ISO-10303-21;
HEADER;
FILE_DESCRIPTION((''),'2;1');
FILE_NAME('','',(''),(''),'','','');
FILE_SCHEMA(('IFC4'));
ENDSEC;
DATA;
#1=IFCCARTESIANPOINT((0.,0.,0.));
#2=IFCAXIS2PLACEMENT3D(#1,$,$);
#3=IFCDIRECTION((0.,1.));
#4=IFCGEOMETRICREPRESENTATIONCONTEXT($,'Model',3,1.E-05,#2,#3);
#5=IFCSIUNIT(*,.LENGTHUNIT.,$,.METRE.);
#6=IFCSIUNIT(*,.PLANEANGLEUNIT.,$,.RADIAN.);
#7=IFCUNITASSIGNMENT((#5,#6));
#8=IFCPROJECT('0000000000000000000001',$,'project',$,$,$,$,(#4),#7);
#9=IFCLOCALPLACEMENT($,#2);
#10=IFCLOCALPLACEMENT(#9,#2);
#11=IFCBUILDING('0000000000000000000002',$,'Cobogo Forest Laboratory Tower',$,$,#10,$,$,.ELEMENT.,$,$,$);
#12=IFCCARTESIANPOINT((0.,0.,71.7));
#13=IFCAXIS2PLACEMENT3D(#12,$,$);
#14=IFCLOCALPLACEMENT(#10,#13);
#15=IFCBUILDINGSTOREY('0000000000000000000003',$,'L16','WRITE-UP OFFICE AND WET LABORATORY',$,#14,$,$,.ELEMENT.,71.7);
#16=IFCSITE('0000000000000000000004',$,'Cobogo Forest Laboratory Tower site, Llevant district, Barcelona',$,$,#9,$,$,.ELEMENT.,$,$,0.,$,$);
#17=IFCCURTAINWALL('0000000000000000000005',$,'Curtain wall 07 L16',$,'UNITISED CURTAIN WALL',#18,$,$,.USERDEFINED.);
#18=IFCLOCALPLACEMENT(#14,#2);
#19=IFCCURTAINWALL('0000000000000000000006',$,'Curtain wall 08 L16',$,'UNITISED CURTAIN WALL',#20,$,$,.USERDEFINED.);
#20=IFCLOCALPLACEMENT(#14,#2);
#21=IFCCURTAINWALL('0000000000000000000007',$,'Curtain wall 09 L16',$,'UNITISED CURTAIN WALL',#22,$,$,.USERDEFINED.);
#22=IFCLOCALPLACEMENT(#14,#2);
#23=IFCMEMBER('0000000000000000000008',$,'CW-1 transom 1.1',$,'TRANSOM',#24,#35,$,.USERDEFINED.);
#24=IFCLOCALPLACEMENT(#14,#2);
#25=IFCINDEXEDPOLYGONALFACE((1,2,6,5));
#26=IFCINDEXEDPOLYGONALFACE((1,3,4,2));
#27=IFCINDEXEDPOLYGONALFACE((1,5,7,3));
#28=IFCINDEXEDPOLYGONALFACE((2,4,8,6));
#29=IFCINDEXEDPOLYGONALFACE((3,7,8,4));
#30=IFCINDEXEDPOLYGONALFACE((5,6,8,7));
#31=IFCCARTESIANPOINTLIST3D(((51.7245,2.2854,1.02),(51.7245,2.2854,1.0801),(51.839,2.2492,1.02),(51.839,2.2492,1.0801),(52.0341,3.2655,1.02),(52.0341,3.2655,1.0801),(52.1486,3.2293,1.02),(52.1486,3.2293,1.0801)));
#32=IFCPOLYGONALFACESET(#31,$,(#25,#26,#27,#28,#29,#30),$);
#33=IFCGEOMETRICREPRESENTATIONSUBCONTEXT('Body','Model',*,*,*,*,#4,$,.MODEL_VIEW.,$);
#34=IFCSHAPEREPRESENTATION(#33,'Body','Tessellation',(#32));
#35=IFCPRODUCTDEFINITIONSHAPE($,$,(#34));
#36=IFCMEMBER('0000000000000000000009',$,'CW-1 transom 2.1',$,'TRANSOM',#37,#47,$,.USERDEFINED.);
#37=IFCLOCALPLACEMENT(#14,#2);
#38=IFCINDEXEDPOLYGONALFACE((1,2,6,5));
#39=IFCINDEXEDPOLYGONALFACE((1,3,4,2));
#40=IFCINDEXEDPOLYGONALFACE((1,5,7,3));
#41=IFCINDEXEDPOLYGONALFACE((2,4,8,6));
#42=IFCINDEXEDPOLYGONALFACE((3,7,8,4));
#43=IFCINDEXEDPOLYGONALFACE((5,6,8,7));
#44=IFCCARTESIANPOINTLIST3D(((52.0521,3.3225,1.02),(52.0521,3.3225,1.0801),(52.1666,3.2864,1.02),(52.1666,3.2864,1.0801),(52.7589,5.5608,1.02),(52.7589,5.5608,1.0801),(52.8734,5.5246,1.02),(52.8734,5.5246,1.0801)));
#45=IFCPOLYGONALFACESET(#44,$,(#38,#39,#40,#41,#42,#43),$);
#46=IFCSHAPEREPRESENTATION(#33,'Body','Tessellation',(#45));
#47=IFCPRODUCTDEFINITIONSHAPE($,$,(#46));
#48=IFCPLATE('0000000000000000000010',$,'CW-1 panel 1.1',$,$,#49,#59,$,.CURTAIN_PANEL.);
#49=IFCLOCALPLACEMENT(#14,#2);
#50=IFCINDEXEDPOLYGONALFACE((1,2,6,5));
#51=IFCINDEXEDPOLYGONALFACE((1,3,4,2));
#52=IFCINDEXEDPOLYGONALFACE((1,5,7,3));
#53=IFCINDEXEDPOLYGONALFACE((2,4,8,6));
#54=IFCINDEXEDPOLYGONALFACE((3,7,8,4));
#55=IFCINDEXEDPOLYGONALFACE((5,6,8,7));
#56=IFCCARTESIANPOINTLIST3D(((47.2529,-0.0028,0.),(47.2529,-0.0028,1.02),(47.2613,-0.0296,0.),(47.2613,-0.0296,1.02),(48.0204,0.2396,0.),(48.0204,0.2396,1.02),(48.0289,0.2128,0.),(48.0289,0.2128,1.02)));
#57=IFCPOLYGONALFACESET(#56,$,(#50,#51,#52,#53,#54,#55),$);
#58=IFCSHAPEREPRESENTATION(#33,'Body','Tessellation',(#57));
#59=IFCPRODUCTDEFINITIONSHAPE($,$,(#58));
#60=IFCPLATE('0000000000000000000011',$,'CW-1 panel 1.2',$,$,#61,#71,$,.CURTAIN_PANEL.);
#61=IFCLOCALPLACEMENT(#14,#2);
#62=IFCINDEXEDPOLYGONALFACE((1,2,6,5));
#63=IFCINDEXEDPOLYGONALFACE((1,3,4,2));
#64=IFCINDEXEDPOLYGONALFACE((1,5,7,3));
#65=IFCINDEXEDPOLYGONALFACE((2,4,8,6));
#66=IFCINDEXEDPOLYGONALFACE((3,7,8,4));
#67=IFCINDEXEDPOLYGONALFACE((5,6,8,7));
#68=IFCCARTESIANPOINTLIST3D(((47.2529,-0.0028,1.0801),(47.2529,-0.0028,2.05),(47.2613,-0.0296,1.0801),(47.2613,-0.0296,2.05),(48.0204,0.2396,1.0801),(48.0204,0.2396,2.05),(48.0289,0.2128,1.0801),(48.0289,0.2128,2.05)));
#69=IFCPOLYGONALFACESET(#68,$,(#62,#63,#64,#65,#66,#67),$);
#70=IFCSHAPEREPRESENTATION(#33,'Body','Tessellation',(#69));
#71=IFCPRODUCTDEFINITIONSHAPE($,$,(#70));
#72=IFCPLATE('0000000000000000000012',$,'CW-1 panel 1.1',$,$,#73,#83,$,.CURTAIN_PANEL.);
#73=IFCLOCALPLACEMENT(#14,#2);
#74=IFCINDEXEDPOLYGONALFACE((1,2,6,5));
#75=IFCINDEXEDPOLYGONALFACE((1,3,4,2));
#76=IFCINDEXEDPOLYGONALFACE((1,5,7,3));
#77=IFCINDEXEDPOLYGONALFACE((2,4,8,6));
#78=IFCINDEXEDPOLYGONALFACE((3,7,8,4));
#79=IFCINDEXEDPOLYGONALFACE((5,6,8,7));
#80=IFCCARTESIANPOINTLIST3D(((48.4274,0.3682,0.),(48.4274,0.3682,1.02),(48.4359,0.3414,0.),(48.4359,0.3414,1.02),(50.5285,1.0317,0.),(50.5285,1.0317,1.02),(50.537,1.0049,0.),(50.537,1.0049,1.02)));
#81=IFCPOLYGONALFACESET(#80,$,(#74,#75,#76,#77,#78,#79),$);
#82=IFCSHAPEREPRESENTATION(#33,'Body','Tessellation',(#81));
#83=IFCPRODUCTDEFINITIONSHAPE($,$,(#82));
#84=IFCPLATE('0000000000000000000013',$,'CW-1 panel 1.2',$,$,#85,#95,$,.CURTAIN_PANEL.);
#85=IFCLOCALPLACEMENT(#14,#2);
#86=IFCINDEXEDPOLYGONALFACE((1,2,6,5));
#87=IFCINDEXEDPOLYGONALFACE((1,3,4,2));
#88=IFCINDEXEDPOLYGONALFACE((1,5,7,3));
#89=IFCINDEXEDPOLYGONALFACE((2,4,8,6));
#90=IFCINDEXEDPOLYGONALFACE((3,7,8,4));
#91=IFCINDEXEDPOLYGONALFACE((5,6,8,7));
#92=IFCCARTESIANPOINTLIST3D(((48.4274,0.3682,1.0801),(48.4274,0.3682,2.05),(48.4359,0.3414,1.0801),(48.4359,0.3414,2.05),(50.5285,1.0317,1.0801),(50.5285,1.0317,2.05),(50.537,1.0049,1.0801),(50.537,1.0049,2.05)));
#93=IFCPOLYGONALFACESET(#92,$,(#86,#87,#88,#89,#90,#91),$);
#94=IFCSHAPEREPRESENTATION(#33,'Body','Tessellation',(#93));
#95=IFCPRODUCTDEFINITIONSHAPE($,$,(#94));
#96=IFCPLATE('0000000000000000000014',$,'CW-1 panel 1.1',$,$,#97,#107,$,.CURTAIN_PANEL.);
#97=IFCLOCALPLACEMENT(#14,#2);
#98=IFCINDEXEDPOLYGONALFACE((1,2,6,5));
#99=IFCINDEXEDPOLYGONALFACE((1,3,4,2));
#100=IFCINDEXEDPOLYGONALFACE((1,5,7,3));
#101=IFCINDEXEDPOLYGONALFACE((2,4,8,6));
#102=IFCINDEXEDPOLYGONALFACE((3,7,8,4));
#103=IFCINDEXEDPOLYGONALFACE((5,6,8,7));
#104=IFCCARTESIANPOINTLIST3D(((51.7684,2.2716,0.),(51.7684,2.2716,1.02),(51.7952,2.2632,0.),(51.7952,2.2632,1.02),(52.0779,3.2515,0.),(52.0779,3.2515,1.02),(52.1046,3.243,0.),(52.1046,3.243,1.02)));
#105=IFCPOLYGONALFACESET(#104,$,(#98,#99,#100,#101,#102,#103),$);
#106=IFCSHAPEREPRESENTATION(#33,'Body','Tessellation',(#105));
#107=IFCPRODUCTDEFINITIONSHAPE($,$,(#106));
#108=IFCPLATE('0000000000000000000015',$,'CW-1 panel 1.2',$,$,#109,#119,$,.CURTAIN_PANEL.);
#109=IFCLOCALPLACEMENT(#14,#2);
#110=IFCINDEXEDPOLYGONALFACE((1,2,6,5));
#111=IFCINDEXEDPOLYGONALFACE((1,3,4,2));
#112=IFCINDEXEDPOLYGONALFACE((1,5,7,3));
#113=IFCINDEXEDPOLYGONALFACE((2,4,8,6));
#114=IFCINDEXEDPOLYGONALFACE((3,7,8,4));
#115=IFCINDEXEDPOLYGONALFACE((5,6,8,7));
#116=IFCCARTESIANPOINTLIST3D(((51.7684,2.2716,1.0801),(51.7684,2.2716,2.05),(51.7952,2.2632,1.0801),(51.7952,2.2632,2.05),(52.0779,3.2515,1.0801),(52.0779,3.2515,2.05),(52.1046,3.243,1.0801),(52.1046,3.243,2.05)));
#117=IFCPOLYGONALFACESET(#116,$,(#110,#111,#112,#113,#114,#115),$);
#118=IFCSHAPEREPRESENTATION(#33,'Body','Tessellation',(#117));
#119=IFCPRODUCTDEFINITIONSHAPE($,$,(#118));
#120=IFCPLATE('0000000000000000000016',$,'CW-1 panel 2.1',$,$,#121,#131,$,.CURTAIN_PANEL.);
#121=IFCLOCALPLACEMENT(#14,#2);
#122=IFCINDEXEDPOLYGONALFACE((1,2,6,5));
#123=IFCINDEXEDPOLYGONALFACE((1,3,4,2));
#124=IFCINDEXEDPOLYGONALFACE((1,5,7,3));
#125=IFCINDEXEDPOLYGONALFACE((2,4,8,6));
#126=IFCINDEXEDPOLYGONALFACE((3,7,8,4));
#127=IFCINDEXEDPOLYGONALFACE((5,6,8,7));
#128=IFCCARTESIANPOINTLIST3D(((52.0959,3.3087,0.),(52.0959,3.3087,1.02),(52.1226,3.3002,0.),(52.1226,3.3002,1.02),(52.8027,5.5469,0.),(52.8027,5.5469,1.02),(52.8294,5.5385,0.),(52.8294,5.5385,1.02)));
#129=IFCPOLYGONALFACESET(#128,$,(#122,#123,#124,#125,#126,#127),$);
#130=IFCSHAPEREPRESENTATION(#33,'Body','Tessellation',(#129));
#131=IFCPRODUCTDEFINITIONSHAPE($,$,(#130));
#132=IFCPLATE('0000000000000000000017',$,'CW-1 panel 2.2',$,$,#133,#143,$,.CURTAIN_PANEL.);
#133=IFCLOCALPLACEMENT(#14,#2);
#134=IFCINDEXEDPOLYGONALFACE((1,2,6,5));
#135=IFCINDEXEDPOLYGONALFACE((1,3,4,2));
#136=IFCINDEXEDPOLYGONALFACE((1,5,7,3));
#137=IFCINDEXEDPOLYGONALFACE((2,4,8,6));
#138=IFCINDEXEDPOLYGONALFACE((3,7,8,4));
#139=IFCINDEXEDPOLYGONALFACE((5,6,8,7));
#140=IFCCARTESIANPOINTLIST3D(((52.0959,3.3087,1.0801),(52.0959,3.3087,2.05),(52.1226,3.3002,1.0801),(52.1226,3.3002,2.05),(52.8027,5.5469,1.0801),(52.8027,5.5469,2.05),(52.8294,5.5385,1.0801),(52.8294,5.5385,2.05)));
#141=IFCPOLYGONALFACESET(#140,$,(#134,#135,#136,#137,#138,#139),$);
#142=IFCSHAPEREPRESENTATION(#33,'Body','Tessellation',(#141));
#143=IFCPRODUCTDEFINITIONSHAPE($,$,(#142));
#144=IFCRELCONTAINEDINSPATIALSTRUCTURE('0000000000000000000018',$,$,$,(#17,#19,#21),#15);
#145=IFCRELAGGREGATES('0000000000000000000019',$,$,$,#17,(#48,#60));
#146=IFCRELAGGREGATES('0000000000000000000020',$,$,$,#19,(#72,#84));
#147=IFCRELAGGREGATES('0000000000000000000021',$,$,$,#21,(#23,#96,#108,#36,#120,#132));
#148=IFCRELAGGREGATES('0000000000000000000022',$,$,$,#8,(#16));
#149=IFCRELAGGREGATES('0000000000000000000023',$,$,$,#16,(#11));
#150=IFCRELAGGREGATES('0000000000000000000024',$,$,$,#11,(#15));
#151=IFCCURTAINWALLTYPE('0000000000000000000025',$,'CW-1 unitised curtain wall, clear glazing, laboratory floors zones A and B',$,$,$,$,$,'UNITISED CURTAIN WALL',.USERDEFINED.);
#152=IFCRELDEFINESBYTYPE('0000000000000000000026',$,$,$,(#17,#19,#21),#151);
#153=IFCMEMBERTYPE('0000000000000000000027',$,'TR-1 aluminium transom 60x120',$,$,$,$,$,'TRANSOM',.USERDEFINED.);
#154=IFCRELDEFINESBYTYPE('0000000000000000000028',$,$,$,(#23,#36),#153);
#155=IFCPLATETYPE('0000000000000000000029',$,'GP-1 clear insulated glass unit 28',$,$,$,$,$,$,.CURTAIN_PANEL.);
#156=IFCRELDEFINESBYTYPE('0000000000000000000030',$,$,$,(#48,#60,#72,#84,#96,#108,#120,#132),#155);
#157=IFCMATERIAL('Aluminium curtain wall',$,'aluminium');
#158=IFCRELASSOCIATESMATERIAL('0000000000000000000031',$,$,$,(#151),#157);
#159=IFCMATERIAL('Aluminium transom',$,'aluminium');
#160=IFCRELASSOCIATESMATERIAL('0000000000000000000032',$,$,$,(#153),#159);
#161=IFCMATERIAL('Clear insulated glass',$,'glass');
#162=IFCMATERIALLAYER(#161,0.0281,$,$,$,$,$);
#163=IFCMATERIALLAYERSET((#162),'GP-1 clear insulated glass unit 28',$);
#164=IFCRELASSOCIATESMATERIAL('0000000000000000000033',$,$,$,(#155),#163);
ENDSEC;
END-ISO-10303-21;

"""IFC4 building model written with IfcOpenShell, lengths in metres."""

from ifc_helpers import new_model, si_unit, direction, frame, origin, origin_2d, place, context, subcontext, project, spatial, rectangle, extrude, material, layer, layer_set, material_profile, profile_set, type_object, element, aggregate, save


model = new_model("IFC4")

# Units and contexts
model_context = context("Model", 3, precision=1e-05, world=origin(), true_north=direction((0.0, 1.0)))
body_context = subcontext(model_context, "Body", "Model", "MODEL_VIEW")
ifc_project = project(units=[si_unit("LENGTHUNIT", "METRE"), si_unit("PLANEANGLEUNIT", "RADIAN")], contexts=[model_context])

# Site, building, storey
site_placement = place(None, origin())
site = spatial("IfcSite", under=ifc_project, at=site_placement, Name="Cobogo Forest Laboratory Tower site, Llevant district, Barcelona", CompositionType="ELEMENT", RefElevation=0.0)
building_placement = place(site_placement, origin())
building = spatial("IfcBuilding", under=site, at=building_placement, Name="Cobogo Forest Laboratory Tower", CompositionType="ELEMENT")
storey_placement = place(building_placement, frame((0.0, 0.0, 71.7)))
storey = spatial("IfcBuildingStorey", under=building, at=storey_placement, Name="L16", Description="WRITE-UP OFFICE AND WET LABORATORY", CompositionType="ELEMENT", Elevation=71.7)

# Shared definitions
ifc_material_1 = material(Name="Aluminium curtain wall", Category="aluminium")
curtain_wall_type = type_object("IfcCurtainWallType", Name="CW-1 unitised curtain wall, clear glazing, laboratory floors zones A and B", ElementType="UNITISED CURTAIN WALL", PredefinedType="USERDEFINED", material=ifc_material_1)

# Curtain walls
curtain_wall_1_placement = place(storey_placement, origin())
curtain_wall_1 = element("IfcCurtainWall", 1, at=curtain_wall_1_placement, inside=storey, type_object=curtain_wall_type, Name="Curtain wall 07 L16", ObjectType="UNITISED CURTAIN WALL", PredefinedType="USERDEFINED")
curtain_wall_2_placement = place(storey_placement, origin())
curtain_wall_2 = element("IfcCurtainWall", 2, at=curtain_wall_2_placement, inside=storey, type_object=curtain_wall_type, Name="Curtain wall 08 L16", ObjectType="UNITISED CURTAIN WALL", PredefinedType="USERDEFINED")
curtain_wall_3_placement = place(storey_placement, origin())
curtain_wall_3 = element("IfcCurtainWall", 3, at=curtain_wall_3_placement, inside=storey, type_object=curtain_wall_type, Name="Curtain wall 09 L16", ObjectType="UNITISED CURTAIN WALL", PredefinedType="USERDEFINED")

# Members
ifc_material_2 = material(Name="Aluminium transom", Category="aluminium")
ifc_material_profile_1 = material_profile(ifc_material_2, rectangle(XDim=0.1201, YDim=0.0601, at=origin_2d()), Name="AL 60x120")
ifc_profile_set_1 = profile_set([ifc_material_profile_1], Name="Aluminium transom")
member_type_1 = type_object("IfcMemberType", Name="TR-1 aluminium transom 60x120", ElementType="TRANSOM", PredefinedType="USERDEFINED", material=ifc_profile_set_1)
member_1_placement = place(storey_placement, frame((51.7817, 2.2673, 1.05), z_axis=(0.301222, 0.953554, 0.0), x_axis=(-0.953554, 0.301222, 0.0)))
member_1 = element("IfcMember", 4, at=member_1_placement, type_object=member_type_1, Name="CW-1 transom 1.1", ObjectType="TRANSOM", PredefinedType="USERDEFINED", context=body_context, shape_type="SweptSolid", body=[
    extrude(rectangle(XDim=0.1201, YDim=0.0601, at=origin_2d()), origin(), (0.0, 0.0, 1.0), 1.0278),
])
member_2_placement = place(storey_placement, frame((52.1094, 3.3044, 1.05), z_axis=(0.301116, 0.953587, 0.0), x_axis=(-0.953587, 0.301116, 0.0)))
member_2 = element("IfcMember", 5, at=member_2_placement, type_object=member_type_1, Name="CW-1 transom 2.1", ObjectType="TRANSOM", PredefinedType="USERDEFINED", context=body_context, shape_type="SweptSolid", body=[
    extrude(rectangle(XDim=0.1201, YDim=0.0601, at=origin_2d()), origin(), (0.0, 0.0, 1.0), 2.3472),
])

# Plates
ifc_material_3 = material(Name="Clear insulated glass", Category="glass")
ifc_layer = layer(ifc_material_3, 0.0281)
ifc_layer_set = layer_set([ifc_layer], Name="GP-1 clear insulated glass unit 28")
plate_type = type_object("IfcPlateType", Name="GP-1 clear insulated glass unit 28", PredefinedType="CURTAIN_PANEL", material=ifc_layer_set)
plate_1_placement = place(storey_placement, frame((47.6409, 0.105, 0.0), z_axis=(0.0, 0.0, 1.0), x_axis=(0.953581, 0.301135, 0.0)))
plate_1 = element("IfcPlate", 6, at=plate_1_placement, type_object=plate_type, Name="CW-1 panel 1.1", PredefinedType="CURTAIN_PANEL", context=body_context, shape_type="SweptSolid", body=[
    extrude(rectangle(XDim=0.8049, YDim=0.0281, at=origin_2d()), origin(), (0.0, 0.0, 1.0), 1.02),
])
plate_2_placement = place(storey_placement, frame((47.6409, 0.105, 1.0801), z_axis=(0.0, 0.0, 1.0), x_axis=(0.953581, 0.301135, 0.0)))
plate_2 = element("IfcPlate", 7, at=plate_2_placement, type_object=plate_type, Name="CW-1 panel 1.2", PredefinedType="CURTAIN_PANEL", context=body_context, shape_type="SweptSolid", body=[
    extrude(rectangle(XDim=0.8049, YDim=0.0281, at=origin_2d()), origin(), (0.0, 0.0, 1.0), 0.97),
])
aggregate(curtain_wall_1, [plate_1, plate_2])
plate_3_placement = place(storey_placement, frame((49.4822, 0.6865, 0.0), z_axis=(0.0, 0.0, 1.0), x_axis=(0.953581, 0.301135, 0.0)))
plate_3 = element("IfcPlate", 8, at=plate_3_placement, type_object=plate_type, Name="CW-1 panel 1.1", PredefinedType="CURTAIN_PANEL", context=body_context, shape_type="SweptSolid", body=[
    extrude(rectangle(XDim=2.2034, YDim=0.0281, at=origin_2d()), origin(), (0.0, 0.0, 1.0), 1.02),
])
plate_4_placement = place(storey_placement, frame((49.4822, 0.6865, 1.0801), z_axis=(0.0, 0.0, 1.0), x_axis=(0.953581, 0.301135, 0.0)))
plate_4 = element("IfcPlate", 9, at=plate_4_placement, type_object=plate_type, Name="CW-1 panel 1.2", PredefinedType="CURTAIN_PANEL", context=body_context, shape_type="SweptSolid", body=[
    extrude(rectangle(XDim=2.2034, YDim=0.0281, at=origin_2d()), origin(), (0.0, 0.0, 1.0), 0.97),
])
aggregate(curtain_wall_2, [plate_3, plate_4])
plate_5_placement = place(storey_placement, frame((51.9365, 2.7573, 0.0), z_axis=(0.0, 0.0, 1.0), x_axis=(0.301135, 0.953581, 0.0)))
plate_5 = element("IfcPlate", 10, at=plate_5_placement, type_object=plate_type, Name="CW-1 panel 1.1", PredefinedType="CURTAIN_PANEL", context=body_context, shape_type="SweptSolid", body=[
    extrude(rectangle(XDim=1.0276, YDim=0.0281, at=origin_2d()), origin(), (0.0, 0.0, 1.0), 1.02),
])
plate_6_placement = place(storey_placement, frame((51.9365, 2.7573, 1.0801), z_axis=(0.0, 0.0, 1.0), x_axis=(0.301135, 0.953581, 0.0)))
plate_6 = element("IfcPlate", 11, at=plate_6_placement, type_object=plate_type, Name="CW-1 panel 1.2", PredefinedType="CURTAIN_PANEL", context=body_context, shape_type="SweptSolid", body=[
    extrude(rectangle(XDim=1.0276, YDim=0.0281, at=origin_2d()), origin(), (0.0, 0.0, 1.0), 0.97),
])
plate_7_placement = place(storey_placement, frame((52.4626, 4.4236, 0.0), z_axis=(0.0, 0.0, 1.0), x_axis=(0.301135, 0.953581, 0.0)))
plate_7 = element("IfcPlate", 12, at=plate_7_placement, type_object=plate_type, Name="CW-1 panel 2.1", PredefinedType="CURTAIN_PANEL", context=body_context, shape_type="SweptSolid", body=[
    extrude(rectangle(XDim=2.3472, YDim=0.0281, at=origin_2d()), origin(), (0.0, 0.0, 1.0), 1.02),
])
plate_8_placement = place(storey_placement, frame((52.4626, 4.4236, 1.0801), z_axis=(0.0, 0.0, 1.0), x_axis=(0.301135, 0.953581, 0.0)))
plate_8 = element("IfcPlate", 13, at=plate_8_placement, type_object=plate_type, Name="CW-1 panel 2.2", PredefinedType="CURTAIN_PANEL", context=body_context, shape_type="SweptSolid", body=[
    extrude(rectangle(XDim=2.3472, YDim=0.0281, at=origin_2d()), origin(), (0.0, 0.0, 1.0), 0.97),
])
aggregate(curtain_wall_3, [member_1, plate_5, plate_6, member_2, plate_7, plate_8])

save(model, "model.ifc")
